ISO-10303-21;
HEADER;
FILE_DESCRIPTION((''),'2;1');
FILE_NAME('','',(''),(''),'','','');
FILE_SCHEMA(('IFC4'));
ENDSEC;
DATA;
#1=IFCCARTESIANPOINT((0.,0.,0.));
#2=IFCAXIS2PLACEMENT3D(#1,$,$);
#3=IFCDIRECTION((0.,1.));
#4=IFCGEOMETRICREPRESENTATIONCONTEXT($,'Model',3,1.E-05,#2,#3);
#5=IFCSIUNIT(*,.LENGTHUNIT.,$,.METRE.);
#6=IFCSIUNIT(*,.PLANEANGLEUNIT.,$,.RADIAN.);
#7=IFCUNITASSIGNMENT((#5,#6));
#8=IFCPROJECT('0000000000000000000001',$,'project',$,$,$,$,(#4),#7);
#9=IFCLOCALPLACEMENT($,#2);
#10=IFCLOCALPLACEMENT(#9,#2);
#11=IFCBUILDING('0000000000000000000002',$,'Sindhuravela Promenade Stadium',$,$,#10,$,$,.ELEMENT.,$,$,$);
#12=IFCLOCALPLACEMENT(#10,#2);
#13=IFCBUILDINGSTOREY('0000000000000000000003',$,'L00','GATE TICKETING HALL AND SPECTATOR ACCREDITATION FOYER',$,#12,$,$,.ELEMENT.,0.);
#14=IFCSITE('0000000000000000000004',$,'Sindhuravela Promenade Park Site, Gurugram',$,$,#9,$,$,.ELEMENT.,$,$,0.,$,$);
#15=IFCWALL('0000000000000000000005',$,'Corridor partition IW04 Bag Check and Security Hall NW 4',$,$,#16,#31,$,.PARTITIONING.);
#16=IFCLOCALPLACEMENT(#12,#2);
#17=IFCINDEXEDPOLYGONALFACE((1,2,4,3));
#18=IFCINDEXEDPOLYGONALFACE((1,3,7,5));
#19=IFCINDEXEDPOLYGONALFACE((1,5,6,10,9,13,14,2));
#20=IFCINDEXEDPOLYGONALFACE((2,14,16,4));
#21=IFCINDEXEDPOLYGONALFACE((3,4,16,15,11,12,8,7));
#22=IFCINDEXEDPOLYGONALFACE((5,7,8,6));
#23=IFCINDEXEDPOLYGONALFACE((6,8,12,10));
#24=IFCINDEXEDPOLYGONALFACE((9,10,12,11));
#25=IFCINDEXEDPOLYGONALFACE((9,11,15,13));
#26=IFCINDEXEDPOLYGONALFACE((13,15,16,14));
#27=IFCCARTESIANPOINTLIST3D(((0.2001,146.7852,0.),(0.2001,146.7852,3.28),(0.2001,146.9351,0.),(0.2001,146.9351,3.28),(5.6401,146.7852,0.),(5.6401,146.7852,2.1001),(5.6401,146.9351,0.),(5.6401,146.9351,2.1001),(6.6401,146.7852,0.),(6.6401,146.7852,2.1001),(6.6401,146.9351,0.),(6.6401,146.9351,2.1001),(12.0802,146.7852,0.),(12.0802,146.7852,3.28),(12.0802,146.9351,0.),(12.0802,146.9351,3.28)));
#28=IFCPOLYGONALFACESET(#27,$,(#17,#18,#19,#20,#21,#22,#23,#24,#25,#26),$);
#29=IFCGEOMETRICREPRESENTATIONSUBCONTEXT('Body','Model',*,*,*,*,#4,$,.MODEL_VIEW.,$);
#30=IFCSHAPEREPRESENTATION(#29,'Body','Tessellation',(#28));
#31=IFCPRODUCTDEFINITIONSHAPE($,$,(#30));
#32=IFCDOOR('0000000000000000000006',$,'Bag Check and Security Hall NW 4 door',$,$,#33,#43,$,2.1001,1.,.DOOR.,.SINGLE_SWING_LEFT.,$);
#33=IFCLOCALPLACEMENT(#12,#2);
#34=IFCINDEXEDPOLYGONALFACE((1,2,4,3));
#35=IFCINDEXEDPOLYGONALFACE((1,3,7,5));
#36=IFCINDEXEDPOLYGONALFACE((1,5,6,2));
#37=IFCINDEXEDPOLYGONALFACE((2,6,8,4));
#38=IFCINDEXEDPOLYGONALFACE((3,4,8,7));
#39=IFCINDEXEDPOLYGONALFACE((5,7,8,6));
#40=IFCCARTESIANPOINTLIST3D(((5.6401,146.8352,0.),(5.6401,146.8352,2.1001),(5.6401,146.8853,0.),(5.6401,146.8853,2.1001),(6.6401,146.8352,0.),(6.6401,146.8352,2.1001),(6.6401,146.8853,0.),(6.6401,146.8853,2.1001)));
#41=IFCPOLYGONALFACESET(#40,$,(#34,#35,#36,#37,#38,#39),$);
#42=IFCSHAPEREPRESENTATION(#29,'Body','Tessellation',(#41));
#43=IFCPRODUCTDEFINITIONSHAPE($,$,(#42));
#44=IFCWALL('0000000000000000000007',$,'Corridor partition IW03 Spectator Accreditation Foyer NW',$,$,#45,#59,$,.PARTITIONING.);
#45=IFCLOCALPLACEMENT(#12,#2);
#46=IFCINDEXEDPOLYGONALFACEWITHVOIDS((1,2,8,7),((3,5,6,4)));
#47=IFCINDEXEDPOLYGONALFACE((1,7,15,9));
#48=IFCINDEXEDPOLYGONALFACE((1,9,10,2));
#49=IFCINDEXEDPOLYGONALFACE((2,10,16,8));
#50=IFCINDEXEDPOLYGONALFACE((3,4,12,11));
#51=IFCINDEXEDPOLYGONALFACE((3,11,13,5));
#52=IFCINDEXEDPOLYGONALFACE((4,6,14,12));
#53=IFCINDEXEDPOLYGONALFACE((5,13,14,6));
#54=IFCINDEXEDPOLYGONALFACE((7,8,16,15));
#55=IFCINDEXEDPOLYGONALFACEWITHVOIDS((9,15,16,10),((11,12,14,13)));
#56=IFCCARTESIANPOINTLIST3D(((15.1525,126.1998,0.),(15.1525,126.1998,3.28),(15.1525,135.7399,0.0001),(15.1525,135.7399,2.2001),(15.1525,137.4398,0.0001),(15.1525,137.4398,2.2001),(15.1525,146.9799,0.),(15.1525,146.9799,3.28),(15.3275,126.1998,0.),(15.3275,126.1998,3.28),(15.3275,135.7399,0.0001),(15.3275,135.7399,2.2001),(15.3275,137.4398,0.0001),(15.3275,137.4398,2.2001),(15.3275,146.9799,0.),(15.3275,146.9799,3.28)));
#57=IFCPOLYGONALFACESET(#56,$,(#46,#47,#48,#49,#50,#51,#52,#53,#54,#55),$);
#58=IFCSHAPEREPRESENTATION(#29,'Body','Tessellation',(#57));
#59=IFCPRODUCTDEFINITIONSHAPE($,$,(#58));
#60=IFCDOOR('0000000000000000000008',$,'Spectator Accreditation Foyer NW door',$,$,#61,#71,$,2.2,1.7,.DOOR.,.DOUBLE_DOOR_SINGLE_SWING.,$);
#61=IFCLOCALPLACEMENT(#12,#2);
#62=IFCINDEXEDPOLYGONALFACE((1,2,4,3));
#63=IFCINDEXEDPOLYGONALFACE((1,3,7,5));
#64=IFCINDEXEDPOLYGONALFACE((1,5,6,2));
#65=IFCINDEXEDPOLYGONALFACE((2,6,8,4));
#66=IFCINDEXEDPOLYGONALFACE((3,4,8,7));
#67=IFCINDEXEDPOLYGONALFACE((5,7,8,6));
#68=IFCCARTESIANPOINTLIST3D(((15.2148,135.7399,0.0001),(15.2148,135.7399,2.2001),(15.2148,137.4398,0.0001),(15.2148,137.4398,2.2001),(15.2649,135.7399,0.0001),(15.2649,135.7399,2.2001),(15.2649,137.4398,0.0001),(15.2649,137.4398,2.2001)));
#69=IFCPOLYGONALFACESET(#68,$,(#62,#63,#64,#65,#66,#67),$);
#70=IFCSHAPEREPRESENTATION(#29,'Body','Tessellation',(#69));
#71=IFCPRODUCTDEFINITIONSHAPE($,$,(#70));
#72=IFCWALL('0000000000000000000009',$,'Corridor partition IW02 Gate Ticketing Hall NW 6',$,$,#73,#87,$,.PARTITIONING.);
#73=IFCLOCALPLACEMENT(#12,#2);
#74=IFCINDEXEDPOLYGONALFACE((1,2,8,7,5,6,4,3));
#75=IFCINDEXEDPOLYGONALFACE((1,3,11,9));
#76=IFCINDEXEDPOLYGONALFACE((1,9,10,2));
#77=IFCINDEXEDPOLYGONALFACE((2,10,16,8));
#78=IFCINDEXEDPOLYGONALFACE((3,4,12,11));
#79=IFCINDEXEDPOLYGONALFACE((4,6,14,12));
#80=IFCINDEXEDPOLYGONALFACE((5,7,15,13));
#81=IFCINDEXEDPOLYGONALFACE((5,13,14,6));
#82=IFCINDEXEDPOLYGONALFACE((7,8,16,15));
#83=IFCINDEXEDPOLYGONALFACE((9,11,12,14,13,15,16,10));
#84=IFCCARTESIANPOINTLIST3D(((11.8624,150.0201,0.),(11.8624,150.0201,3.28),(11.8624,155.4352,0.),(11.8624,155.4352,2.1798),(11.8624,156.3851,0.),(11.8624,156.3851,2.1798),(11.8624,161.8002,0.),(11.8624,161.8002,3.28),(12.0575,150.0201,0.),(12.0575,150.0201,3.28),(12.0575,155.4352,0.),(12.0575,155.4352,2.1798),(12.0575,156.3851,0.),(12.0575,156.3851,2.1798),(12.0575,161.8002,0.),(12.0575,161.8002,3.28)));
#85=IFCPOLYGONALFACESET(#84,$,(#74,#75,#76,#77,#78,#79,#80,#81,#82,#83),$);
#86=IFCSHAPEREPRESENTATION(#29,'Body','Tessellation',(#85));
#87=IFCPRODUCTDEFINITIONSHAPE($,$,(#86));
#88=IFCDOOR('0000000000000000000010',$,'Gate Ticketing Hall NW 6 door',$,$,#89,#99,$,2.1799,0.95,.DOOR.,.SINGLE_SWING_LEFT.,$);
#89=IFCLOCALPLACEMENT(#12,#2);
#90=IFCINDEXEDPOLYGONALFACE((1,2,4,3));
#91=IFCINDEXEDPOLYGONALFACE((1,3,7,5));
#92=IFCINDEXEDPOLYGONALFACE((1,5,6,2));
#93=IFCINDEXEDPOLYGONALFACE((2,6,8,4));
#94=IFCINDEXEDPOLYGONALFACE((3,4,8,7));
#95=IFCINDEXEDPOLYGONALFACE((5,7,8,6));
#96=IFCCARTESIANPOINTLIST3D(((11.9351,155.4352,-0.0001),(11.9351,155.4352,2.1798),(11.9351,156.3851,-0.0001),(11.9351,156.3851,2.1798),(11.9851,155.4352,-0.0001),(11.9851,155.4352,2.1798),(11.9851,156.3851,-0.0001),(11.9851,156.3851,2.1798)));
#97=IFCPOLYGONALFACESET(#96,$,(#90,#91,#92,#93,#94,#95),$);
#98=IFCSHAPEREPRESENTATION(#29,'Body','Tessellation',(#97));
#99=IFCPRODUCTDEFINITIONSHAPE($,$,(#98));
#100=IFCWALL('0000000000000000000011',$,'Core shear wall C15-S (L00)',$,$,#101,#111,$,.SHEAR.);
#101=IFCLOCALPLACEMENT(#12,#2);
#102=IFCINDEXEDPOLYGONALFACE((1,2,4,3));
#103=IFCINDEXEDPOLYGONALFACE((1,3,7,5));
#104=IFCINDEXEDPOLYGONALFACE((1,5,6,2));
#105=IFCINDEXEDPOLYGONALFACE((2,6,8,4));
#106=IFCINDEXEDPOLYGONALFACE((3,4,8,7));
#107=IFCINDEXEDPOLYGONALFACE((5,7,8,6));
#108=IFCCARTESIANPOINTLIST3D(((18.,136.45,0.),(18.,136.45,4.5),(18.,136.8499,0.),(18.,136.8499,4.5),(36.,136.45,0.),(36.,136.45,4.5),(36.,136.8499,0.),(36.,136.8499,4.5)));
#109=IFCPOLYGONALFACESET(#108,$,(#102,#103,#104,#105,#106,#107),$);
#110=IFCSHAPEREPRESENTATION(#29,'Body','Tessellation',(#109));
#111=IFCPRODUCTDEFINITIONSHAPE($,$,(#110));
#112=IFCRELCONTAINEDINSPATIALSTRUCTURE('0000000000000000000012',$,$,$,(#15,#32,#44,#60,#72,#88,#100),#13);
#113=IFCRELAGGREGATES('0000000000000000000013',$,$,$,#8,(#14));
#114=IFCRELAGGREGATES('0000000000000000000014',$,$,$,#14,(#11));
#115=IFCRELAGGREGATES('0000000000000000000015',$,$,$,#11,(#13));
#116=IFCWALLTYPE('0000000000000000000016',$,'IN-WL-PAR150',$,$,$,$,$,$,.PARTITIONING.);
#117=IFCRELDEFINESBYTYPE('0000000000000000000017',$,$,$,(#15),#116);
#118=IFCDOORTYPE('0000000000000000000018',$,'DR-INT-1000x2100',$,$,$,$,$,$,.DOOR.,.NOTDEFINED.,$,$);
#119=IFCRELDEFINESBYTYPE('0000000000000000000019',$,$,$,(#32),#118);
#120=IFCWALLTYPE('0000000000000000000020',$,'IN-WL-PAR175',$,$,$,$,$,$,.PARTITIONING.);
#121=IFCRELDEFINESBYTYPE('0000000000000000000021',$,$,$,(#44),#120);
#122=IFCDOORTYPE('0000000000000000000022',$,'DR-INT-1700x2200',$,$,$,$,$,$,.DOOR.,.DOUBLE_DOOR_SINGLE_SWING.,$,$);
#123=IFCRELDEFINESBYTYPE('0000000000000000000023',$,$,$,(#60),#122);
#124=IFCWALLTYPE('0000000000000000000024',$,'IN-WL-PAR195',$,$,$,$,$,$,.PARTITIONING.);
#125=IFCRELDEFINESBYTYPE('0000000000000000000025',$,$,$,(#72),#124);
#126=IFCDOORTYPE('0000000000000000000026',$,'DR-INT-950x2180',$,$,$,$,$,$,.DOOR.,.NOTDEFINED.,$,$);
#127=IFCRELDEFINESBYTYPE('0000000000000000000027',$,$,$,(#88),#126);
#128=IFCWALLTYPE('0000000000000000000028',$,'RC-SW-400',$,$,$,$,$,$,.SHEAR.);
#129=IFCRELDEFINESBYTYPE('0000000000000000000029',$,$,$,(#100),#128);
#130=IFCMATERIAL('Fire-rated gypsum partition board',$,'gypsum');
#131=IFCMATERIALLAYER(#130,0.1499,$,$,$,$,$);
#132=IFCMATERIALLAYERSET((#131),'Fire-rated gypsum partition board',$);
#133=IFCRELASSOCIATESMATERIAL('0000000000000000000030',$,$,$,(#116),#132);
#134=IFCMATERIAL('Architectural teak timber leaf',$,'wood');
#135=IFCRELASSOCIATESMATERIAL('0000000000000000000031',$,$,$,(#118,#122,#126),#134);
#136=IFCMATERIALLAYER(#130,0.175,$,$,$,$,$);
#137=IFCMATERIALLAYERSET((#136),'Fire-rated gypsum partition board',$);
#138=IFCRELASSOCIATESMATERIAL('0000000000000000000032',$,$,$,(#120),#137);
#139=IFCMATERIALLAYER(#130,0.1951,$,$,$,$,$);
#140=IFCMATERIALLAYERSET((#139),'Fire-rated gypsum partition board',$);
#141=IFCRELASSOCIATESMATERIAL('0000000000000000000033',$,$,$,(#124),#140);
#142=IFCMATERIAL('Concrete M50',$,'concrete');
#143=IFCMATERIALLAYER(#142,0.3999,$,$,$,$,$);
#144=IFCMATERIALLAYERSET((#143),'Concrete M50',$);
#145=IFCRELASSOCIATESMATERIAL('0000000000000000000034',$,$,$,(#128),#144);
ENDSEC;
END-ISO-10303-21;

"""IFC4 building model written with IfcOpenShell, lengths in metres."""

from ifc_helpers import new_model, si_unit, direction, frame, frame_2d, origin, place, context, subcontext, project, spatial, rectangle, extrude, material, layer, layer_set, type_object, element, fill, save


model = new_model("IFC4")

# Units and contexts
model_context = context("Model", 3, precision=1e-05, world=origin(), true_north=direction((0.0, 1.0)))
body_context = subcontext(model_context, "Body", "Model", "MODEL_VIEW")
ifc_project = project(units=[si_unit("LENGTHUNIT", "METRE"), si_unit("PLANEANGLEUNIT", "RADIAN")], contexts=[model_context])

# Site, building, storey
site_placement = place(None, origin())
site = spatial("IfcSite", under=ifc_project, at=site_placement, Name="Sindhuravela Promenade Park Site, Gurugram", CompositionType="ELEMENT", RefElevation=0.0)
building_placement = place(site_placement, origin())
building = spatial("IfcBuilding", under=site, at=building_placement, Name="Sindhuravela Promenade Stadium", CompositionType="ELEMENT")
storey_placement = place(building_placement, origin())
storey = spatial("IfcBuildingStorey", under=building, at=storey_placement, Name="L00", Description="GATE TICKETING HALL AND SPECTATOR ACCREDITATION FOYER", CompositionType="ELEMENT", Elevation=0.0)

# Shared definitions
ifc_material_1 = material(Name="Concrete M50", Category="concrete")

# Shared definitions
ifc_material_2 = material(Name="Fire-rated gypsum partition board", Category="gypsum")
ifc_layer_1 = layer(ifc_material_2, 0.1499)
ifc_layer_set_1 = layer_set([ifc_layer_1], Name="Fire-rated gypsum partition board")
wall_type_1 = type_object("IfcWallType", Name="IN-WL-PAR150", PredefinedType="PARTITIONING", material=ifc_layer_set_1)

# Walls, openings, doors
wall_1_placement = place(storey_placement, frame((12.0801, 146.8601, 0.0), z_axis=(0.0, 0.0, 1.0), x_axis=(-1.0, 0.0, 0.0)))
wall_1 = element("IfcWall", 1, at=wall_1_placement, inside=storey, type_object=wall_type_1, Name="Corridor partition IW04 Bag Check and Security Hall NW 4", PredefinedType="PARTITIONING", context=body_context, shape_type="SweptSolid", body=[
    extrude(rectangle(XDim=11.8801, YDim=0.1499, at=frame_2d((5.9399, 0.0))), origin(), (0.0, 0.0, 1.0), 3.28),
])
opening_1_placement = place(wall_1_placement, frame((5.4399, 0.0, 0.0)))
opening_1 = element("IfcOpeningElement", 2, at=opening_1_placement, cuts=wall_1, PredefinedType="OPENING", context=body_context, shape_type="SweptSolid", body=[
    extrude(rectangle(XDim=1.0, YDim=2.1001, at=frame_2d((0.5, 1.05))), frame((0.0, 0.085, 0.0), z_axis=(0.0, -1.0, 0.0), x_axis=(1.0, 0.0, 0.0)), (0.0, 0.0, 1.0), 0.1699),
])
ifc_material_3 = material(Name="Architectural teak timber leaf", Category="wood")
door_type_1 = type_object("IfcDoorType", Name="DR-INT-1000x2100", OperationType="NOTDEFINED", PredefinedType="DOOR", material=ifc_material_3)
door_1_placement = place(opening_1_placement, origin())
door_1 = element("IfcDoor", 3, at=door_1_placement, inside=storey, type_object=door_type_1, Name="Bag Check and Security Hall NW 4 door", OperationType="SINGLE_SWING_LEFT", OverallHeight=2.1001, OverallWidth=1.0, PredefinedType="DOOR", context=body_context, shape_type="SweptSolid", body=[
    extrude(rectangle(XDim=1.0, YDim=2.1001, at=frame_2d((0.5, 1.05))), frame((0.0, 0.0249, 0.0), z_axis=(0.0, -1.0, 0.0), x_axis=(1.0, 0.0, 0.0)), (0.0, 0.0, 1.0), 0.05),
])
fill(opening_1, door_1)
ifc_layer_2 = layer(ifc_material_2, 0.175)
ifc_layer_set_2 = layer_set([ifc_layer_2], Name="Fire-rated gypsum partition board")
wall_type_2 = type_object("IfcWallType", Name="IN-WL-PAR175", PredefinedType="PARTITIONING", material=ifc_layer_set_2)
wall_2_placement = place(storey_placement, frame((15.24, 146.98, 0.0), z_axis=(0.0, 0.0, 1.0), x_axis=(0.0, -1.0, 0.0)))
wall_2 = element("IfcWall", 4, at=wall_2_placement, inside=storey, type_object=wall_type_2, Name="Corridor partition IW03 Spectator Accreditation Foyer NW", PredefinedType="PARTITIONING", context=body_context, shape_type="SweptSolid", body=[
    extrude(rectangle(XDim=20.78, YDim=0.175, at=frame_2d((10.3901, 0.0))), origin(), (0.0, 0.0, 1.0), 3.28),
])
opening_2_placement = place(wall_2_placement, frame((9.54, 0.0, 0.0)))
opening_2 = element("IfcOpeningElement", 5, at=opening_2_placement, cuts=wall_2, PredefinedType="OPENING", context=body_context, shape_type="SweptSolid", body=[
    extrude(rectangle(XDim=1.7, YDim=2.2, at=frame_2d((0.8501, 1.1001))), frame((0.0, 0.0974, 0.0), z_axis=(0.0, -1.0, 0.0), x_axis=(1.0, 0.0, 0.0)), (0.0, 0.0, 1.0), 0.1951),
])
door_type_2 = type_object("IfcDoorType", Name="DR-INT-1700x2200", OperationType="DOUBLE_DOOR_SINGLE_SWING", PredefinedType="DOOR", material=ifc_material_3)
door_2_placement = place(opening_2_placement, origin())
door_2 = element("IfcDoor", 6, at=door_2_placement, inside=storey, type_object=door_type_2, Name="Spectator Accreditation Foyer NW door", OperationType="DOUBLE_DOOR_SINGLE_SWING", OverallHeight=2.2, OverallWidth=1.7, PredefinedType="DOOR", context=body_context, shape_type="SweptSolid", body=[
    extrude(rectangle(XDim=1.7, YDim=2.2, at=frame_2d((0.8501, 1.1001))), frame((0.0, 0.0249, 0.0), z_axis=(0.0, -1.0, 0.0), x_axis=(1.0, 0.0, 0.0)), (0.0, 0.0, 1.0), 0.05),
])
fill(opening_2, door_2)
ifc_layer_3 = layer(ifc_material_2, 0.1951)
ifc_layer_set_3 = layer_set([ifc_layer_3], Name="Fire-rated gypsum partition board")
wall_type_3 = type_object("IfcWallType", Name="IN-WL-PAR195", PredefinedType="PARTITIONING", material=ifc_layer_set_3)
wall_3_placement = place(storey_placement, frame((11.96, 150.02, 0.0), z_axis=(0.0, 0.0, 1.0), x_axis=(0.0, 1.0, 0.0)))
wall_3 = element("IfcWall", 7, at=wall_3_placement, inside=storey, type_object=wall_type_3, Name="Corridor partition IW02 Gate Ticketing Hall NW 6", PredefinedType="PARTITIONING", context=body_context, shape_type="SweptSolid", body=[
    extrude(rectangle(XDim=11.78, YDim=0.1951, at=frame_2d((5.8901, 0.0))), origin(), (0.0, 0.0, 1.0), 3.28),
])
opening_3_placement = place(wall_3_placement, frame((5.415, 0.0, 0.0)))
opening_3 = element("IfcOpeningElement", 8, at=opening_3_placement, cuts=wall_3, PredefinedType="OPENING", context=body_context, shape_type="SweptSolid", body=[
    extrude(rectangle(XDim=0.95, YDim=2.1799, at=frame_2d((0.4751, 1.0898))), frame((0.0, 0.1074, 0.0), z_axis=(0.0, -1.0, 0.0), x_axis=(1.0, 0.0, 0.0)), (0.0, 0.0, 1.0), 0.2151),
])
door_type_3 = type_object("IfcDoorType", Name="DR-INT-950x2180", OperationType="NOTDEFINED", PredefinedType="DOOR", material=ifc_material_3)
door_3_placement = place(opening_3_placement, origin())
door_3 = element("IfcDoor", 9, at=door_3_placement, inside=storey, type_object=door_type_3, Name="Gate Ticketing Hall NW 6 door", OperationType="SINGLE_SWING_LEFT", OverallHeight=2.1799, OverallWidth=0.95, PredefinedType="DOOR", context=body_context, shape_type="SweptSolid", body=[
    extrude(rectangle(XDim=0.95, YDim=2.1799, at=frame_2d((0.4751, 1.0898))), frame((0.0, 0.0249, 0.0), z_axis=(0.0, -1.0, 0.0), x_axis=(1.0, 0.0, 0.0)), (0.0, 0.0, 1.0), 0.05),
])
fill(opening_3, door_3)

# Wall
ifc_layer_4 = layer(ifc_material_1, 0.3999)
ifc_layer_set_4 = layer_set([ifc_layer_4], Name="Concrete M50")
wall_type_4 = type_object("IfcWallType", Name="RC-SW-400", PredefinedType="SHEAR", material=ifc_layer_set_4)
wall_4_placement = place(storey_placement, frame((18.0, 136.6499, 0.0), z_axis=(0.0, 0.0, 1.0), x_axis=(1.0, 0.0, 0.0)))
element("IfcWall", 10, at=wall_4_placement, inside=storey, type_object=wall_type_4, Name="Core shear wall C15-S (L00)", PredefinedType="SHEAR", context=body_context, shape_type="SweptSolid", body=[
    extrude(rectangle(XDim=18.0, YDim=0.3999, at=frame_2d((9.0, 0.0))), origin(), (0.0, 0.0, 1.0), 4.5),
])

save(model, "model.ifc")
